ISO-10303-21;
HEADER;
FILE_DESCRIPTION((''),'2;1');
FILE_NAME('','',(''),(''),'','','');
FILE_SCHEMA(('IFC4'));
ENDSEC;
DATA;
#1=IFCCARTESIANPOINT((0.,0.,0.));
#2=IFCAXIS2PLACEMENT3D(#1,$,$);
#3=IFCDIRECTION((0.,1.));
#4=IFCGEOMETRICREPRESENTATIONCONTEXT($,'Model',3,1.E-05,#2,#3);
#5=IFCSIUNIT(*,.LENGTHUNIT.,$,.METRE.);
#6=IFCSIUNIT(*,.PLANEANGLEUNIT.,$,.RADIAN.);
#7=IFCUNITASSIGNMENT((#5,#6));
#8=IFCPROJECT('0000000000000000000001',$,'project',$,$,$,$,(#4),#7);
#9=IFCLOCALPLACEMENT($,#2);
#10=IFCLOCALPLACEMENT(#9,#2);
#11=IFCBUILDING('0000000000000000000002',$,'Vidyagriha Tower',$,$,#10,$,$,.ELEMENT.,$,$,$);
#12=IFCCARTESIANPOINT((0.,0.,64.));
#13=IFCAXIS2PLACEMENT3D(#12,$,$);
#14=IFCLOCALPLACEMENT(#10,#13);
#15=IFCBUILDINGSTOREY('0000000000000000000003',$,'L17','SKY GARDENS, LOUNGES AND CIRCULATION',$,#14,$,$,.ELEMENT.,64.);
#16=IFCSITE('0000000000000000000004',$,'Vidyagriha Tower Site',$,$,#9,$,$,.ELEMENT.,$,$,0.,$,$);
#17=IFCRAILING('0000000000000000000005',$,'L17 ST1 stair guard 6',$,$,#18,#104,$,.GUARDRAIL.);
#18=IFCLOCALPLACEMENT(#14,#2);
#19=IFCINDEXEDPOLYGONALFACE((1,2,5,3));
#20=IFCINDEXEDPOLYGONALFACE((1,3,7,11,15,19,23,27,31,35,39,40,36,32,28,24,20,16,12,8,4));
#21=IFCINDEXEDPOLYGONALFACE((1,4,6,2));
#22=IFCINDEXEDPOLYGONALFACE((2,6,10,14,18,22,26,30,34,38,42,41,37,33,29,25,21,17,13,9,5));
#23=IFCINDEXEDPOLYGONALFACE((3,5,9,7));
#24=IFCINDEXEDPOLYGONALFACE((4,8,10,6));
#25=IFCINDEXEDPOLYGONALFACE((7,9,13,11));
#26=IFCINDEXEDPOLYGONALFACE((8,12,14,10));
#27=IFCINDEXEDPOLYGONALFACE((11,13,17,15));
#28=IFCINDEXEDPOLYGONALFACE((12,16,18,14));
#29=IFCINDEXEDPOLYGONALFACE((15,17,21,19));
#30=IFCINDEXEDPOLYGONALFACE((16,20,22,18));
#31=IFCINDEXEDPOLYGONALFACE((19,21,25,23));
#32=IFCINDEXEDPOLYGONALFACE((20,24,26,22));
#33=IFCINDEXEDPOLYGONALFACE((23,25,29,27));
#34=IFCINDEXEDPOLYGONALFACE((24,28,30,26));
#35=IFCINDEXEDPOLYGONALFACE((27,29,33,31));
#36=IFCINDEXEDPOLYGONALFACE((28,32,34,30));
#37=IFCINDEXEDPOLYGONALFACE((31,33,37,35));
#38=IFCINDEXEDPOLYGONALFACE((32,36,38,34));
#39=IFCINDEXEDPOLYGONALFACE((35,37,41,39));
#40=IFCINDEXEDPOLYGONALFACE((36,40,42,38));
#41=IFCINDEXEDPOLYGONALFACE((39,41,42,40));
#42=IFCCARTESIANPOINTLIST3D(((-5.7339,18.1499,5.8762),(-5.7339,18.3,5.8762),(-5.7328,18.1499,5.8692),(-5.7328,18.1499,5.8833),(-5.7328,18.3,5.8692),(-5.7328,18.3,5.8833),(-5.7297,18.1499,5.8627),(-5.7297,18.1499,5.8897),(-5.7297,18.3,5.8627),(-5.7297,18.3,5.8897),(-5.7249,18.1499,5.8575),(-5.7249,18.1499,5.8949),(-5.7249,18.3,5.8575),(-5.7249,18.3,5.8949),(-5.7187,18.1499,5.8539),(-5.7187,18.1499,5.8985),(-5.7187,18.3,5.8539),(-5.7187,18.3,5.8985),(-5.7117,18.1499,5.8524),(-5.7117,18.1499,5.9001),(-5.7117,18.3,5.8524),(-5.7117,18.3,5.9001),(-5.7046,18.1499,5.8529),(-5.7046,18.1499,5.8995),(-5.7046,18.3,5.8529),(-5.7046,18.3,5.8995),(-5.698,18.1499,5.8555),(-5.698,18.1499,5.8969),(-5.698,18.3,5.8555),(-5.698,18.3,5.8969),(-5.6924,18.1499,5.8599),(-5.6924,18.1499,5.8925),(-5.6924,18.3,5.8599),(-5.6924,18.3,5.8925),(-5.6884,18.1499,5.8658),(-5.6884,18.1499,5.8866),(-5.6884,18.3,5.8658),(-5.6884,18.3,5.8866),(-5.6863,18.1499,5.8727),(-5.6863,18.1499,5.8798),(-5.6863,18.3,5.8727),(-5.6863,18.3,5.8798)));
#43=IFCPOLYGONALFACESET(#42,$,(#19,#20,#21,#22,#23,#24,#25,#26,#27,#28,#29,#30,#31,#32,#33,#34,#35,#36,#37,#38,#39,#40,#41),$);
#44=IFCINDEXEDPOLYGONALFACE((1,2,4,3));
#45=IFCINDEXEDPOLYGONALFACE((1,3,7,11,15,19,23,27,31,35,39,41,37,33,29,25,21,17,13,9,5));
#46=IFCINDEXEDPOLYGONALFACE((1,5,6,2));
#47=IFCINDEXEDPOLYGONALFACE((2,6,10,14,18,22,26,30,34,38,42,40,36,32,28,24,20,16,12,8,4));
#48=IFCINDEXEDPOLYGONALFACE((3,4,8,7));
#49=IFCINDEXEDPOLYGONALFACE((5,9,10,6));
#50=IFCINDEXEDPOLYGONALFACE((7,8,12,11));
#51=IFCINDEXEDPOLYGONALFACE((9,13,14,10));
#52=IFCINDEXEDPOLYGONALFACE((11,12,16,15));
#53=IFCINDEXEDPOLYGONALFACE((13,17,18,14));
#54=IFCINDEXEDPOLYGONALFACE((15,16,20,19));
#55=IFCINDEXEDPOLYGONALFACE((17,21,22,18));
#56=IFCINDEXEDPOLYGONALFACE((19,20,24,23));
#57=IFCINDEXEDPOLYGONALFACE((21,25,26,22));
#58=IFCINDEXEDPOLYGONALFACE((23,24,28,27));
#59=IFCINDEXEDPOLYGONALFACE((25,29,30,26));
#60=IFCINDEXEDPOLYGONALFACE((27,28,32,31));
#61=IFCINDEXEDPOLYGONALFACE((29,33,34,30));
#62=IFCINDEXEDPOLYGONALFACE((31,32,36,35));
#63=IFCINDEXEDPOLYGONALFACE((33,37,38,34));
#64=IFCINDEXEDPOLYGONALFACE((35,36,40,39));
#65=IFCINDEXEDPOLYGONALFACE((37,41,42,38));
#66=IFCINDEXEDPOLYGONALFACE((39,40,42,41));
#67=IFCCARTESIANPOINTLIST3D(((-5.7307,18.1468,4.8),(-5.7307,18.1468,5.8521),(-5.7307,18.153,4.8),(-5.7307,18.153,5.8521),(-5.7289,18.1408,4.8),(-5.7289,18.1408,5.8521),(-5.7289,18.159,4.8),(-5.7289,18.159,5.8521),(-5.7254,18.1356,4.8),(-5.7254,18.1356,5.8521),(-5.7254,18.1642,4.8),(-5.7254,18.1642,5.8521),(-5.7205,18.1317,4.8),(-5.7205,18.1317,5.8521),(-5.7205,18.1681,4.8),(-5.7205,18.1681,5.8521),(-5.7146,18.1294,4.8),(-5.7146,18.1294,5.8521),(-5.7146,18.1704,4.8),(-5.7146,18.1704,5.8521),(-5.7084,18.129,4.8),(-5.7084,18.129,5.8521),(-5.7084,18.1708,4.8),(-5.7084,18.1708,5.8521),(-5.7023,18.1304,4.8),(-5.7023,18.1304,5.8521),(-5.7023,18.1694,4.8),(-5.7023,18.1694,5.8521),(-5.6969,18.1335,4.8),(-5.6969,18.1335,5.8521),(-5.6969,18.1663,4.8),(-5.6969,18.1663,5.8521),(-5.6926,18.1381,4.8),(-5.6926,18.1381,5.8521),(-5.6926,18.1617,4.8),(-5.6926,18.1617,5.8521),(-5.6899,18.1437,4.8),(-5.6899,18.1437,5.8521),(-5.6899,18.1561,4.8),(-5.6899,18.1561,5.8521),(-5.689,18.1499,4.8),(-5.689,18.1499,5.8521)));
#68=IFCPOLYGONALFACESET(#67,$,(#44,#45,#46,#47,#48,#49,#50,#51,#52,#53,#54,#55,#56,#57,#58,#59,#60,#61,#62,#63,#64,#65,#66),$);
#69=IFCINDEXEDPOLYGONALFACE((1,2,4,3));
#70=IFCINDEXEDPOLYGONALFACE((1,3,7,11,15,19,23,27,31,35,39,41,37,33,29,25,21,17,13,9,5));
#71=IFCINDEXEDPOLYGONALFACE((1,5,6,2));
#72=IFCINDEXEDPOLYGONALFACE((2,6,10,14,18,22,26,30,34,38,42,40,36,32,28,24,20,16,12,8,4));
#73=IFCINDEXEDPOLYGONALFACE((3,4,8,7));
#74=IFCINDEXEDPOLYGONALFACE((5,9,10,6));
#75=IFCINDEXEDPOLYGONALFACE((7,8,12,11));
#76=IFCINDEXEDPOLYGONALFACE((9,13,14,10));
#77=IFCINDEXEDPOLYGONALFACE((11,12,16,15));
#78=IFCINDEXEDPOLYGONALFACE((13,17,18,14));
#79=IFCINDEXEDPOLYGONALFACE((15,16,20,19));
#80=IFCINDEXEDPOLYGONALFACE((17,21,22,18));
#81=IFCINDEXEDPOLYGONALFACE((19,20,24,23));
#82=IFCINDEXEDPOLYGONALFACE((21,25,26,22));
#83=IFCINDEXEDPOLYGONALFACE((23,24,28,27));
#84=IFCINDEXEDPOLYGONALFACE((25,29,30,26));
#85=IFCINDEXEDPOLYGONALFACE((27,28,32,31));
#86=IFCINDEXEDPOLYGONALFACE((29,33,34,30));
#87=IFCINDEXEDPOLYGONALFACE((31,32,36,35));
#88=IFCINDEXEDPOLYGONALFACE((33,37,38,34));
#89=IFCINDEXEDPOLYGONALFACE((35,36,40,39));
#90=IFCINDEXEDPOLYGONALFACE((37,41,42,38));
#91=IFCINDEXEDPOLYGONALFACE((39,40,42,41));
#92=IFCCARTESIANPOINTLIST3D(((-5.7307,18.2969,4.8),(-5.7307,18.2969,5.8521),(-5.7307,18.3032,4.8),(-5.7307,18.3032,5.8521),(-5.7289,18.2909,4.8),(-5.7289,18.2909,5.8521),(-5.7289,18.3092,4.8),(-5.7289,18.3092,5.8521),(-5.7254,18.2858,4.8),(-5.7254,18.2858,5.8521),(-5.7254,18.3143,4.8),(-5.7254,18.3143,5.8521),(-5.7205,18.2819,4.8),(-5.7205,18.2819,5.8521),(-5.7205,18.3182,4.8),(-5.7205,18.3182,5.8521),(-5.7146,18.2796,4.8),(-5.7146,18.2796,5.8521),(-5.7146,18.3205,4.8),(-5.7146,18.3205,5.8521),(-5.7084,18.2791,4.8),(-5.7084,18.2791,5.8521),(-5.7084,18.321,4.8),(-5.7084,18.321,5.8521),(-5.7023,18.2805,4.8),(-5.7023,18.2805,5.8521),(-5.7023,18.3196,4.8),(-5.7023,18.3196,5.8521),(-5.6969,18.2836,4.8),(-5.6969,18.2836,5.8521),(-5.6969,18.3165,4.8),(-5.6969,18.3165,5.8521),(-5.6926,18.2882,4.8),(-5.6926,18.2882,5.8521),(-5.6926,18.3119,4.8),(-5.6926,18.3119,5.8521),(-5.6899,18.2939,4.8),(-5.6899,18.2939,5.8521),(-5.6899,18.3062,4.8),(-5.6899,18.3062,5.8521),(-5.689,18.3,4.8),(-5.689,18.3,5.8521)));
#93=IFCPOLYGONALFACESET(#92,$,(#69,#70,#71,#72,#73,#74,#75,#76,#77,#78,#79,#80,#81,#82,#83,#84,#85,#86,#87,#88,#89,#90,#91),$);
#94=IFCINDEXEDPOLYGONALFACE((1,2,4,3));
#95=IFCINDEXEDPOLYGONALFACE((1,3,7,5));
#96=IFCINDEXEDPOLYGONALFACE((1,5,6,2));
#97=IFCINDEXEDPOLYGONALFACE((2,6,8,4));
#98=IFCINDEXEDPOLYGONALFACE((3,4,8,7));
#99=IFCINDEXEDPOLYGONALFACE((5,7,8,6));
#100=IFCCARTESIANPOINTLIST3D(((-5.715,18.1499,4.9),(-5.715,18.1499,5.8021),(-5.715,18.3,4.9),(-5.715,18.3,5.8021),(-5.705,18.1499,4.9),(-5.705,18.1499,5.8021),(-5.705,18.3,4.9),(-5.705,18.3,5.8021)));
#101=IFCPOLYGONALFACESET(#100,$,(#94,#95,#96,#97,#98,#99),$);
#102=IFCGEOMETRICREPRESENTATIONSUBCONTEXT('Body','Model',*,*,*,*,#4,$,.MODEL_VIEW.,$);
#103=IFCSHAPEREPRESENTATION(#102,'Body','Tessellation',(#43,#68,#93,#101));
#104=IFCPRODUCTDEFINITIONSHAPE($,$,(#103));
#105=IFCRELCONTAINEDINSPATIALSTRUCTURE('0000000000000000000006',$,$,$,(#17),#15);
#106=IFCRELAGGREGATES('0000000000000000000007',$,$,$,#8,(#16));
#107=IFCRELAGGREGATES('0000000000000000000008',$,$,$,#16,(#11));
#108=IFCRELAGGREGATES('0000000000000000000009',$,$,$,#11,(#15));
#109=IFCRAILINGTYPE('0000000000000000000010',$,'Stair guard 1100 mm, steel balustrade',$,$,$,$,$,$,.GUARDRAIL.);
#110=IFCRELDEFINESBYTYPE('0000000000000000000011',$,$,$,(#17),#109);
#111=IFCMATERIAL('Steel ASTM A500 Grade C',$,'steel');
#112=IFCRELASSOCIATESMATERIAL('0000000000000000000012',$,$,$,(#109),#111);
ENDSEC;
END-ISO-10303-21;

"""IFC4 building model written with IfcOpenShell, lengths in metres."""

from ifc_helpers import new_model, si_unit, direction, frame, origin, origin_2d, place, context, subcontext, project, spatial, rectangle, circle, extrude, material, type_object, element, save


model = new_model("IFC4")

# Units and contexts
model_context = context("Model", 3, precision=1e-05, world=origin(), true_north=direction((0.0, 1.0)))
body_context = subcontext(model_context, "Body", "Model", "MODEL_VIEW")
ifc_project = project(units=[si_unit("LENGTHUNIT", "METRE"), si_unit("PLANEANGLEUNIT", "RADIAN")], contexts=[model_context])

# Site, building, storey
site_placement = place(None, origin())
site = spatial("IfcSite", under=ifc_project, at=site_placement, Name="Vidyagriha Tower Site", CompositionType="ELEMENT", RefElevation=0.0)
building_placement = place(site_placement, origin())
building = spatial("IfcBuilding", under=site, at=building_placement, Name="Vidyagriha Tower", CompositionType="ELEMENT")
storey_placement = place(building_placement, frame((0.0, 0.0, 64.0)))
storey = spatial("IfcBuildingStorey", under=building, at=storey_placement, Name="L17", Description="SKY GARDENS, LOUNGES AND CIRCULATION", CompositionType="ELEMENT", Elevation=64.0)

# Railing
ifc_material_1 = material(Name="Steel ASTM A500 Grade C", Category="steel")
railing_type_1 = type_object("IfcRailingType", Name="Stair guard 1100 mm, steel balustrade", PredefinedType="GUARDRAIL", material=ifc_material_1)
railing_1_placement = place(storey_placement, frame((-5.71, 18.1499, 4.8)))
element("IfcRailing", 1, at=railing_1_placement, inside=storey, type_object=railing_type_1, Name="L17 ST1 stair guard 6", PredefinedType="GUARDRAIL", context=body_context, shape_type="SweptSolid", body=[
    extrude(circle(Radius=0.0239, at=origin_2d()), frame((0.0, 0.0, 1.0762), z_axis=(0.0, 1.0, 0.0), x_axis=(-1.0, 0.0, 0.0)), (0.0, 0.0, 1.0), 0.1501),
    extrude(circle(Radius=0.021, at=origin_2d()), origin(), (0.0, 0.0, 1.0), 1.052),
    extrude(circle(Radius=0.021, at=origin_2d()), frame((0.0, 0.1501, 0.0)), (0.0, 0.0, 1.0), 1.052),
    extrude(rectangle(XDim=0.01, YDim=0.9021, at=origin_2d()), frame((0.0, 0.0, 0.551), z_axis=(0.0, 1.0, 0.0), x_axis=(-1.0, 0.0, 0.0)), (0.0, 0.0, 1.0), 0.1501),
])

save(model, "model.ifc")
